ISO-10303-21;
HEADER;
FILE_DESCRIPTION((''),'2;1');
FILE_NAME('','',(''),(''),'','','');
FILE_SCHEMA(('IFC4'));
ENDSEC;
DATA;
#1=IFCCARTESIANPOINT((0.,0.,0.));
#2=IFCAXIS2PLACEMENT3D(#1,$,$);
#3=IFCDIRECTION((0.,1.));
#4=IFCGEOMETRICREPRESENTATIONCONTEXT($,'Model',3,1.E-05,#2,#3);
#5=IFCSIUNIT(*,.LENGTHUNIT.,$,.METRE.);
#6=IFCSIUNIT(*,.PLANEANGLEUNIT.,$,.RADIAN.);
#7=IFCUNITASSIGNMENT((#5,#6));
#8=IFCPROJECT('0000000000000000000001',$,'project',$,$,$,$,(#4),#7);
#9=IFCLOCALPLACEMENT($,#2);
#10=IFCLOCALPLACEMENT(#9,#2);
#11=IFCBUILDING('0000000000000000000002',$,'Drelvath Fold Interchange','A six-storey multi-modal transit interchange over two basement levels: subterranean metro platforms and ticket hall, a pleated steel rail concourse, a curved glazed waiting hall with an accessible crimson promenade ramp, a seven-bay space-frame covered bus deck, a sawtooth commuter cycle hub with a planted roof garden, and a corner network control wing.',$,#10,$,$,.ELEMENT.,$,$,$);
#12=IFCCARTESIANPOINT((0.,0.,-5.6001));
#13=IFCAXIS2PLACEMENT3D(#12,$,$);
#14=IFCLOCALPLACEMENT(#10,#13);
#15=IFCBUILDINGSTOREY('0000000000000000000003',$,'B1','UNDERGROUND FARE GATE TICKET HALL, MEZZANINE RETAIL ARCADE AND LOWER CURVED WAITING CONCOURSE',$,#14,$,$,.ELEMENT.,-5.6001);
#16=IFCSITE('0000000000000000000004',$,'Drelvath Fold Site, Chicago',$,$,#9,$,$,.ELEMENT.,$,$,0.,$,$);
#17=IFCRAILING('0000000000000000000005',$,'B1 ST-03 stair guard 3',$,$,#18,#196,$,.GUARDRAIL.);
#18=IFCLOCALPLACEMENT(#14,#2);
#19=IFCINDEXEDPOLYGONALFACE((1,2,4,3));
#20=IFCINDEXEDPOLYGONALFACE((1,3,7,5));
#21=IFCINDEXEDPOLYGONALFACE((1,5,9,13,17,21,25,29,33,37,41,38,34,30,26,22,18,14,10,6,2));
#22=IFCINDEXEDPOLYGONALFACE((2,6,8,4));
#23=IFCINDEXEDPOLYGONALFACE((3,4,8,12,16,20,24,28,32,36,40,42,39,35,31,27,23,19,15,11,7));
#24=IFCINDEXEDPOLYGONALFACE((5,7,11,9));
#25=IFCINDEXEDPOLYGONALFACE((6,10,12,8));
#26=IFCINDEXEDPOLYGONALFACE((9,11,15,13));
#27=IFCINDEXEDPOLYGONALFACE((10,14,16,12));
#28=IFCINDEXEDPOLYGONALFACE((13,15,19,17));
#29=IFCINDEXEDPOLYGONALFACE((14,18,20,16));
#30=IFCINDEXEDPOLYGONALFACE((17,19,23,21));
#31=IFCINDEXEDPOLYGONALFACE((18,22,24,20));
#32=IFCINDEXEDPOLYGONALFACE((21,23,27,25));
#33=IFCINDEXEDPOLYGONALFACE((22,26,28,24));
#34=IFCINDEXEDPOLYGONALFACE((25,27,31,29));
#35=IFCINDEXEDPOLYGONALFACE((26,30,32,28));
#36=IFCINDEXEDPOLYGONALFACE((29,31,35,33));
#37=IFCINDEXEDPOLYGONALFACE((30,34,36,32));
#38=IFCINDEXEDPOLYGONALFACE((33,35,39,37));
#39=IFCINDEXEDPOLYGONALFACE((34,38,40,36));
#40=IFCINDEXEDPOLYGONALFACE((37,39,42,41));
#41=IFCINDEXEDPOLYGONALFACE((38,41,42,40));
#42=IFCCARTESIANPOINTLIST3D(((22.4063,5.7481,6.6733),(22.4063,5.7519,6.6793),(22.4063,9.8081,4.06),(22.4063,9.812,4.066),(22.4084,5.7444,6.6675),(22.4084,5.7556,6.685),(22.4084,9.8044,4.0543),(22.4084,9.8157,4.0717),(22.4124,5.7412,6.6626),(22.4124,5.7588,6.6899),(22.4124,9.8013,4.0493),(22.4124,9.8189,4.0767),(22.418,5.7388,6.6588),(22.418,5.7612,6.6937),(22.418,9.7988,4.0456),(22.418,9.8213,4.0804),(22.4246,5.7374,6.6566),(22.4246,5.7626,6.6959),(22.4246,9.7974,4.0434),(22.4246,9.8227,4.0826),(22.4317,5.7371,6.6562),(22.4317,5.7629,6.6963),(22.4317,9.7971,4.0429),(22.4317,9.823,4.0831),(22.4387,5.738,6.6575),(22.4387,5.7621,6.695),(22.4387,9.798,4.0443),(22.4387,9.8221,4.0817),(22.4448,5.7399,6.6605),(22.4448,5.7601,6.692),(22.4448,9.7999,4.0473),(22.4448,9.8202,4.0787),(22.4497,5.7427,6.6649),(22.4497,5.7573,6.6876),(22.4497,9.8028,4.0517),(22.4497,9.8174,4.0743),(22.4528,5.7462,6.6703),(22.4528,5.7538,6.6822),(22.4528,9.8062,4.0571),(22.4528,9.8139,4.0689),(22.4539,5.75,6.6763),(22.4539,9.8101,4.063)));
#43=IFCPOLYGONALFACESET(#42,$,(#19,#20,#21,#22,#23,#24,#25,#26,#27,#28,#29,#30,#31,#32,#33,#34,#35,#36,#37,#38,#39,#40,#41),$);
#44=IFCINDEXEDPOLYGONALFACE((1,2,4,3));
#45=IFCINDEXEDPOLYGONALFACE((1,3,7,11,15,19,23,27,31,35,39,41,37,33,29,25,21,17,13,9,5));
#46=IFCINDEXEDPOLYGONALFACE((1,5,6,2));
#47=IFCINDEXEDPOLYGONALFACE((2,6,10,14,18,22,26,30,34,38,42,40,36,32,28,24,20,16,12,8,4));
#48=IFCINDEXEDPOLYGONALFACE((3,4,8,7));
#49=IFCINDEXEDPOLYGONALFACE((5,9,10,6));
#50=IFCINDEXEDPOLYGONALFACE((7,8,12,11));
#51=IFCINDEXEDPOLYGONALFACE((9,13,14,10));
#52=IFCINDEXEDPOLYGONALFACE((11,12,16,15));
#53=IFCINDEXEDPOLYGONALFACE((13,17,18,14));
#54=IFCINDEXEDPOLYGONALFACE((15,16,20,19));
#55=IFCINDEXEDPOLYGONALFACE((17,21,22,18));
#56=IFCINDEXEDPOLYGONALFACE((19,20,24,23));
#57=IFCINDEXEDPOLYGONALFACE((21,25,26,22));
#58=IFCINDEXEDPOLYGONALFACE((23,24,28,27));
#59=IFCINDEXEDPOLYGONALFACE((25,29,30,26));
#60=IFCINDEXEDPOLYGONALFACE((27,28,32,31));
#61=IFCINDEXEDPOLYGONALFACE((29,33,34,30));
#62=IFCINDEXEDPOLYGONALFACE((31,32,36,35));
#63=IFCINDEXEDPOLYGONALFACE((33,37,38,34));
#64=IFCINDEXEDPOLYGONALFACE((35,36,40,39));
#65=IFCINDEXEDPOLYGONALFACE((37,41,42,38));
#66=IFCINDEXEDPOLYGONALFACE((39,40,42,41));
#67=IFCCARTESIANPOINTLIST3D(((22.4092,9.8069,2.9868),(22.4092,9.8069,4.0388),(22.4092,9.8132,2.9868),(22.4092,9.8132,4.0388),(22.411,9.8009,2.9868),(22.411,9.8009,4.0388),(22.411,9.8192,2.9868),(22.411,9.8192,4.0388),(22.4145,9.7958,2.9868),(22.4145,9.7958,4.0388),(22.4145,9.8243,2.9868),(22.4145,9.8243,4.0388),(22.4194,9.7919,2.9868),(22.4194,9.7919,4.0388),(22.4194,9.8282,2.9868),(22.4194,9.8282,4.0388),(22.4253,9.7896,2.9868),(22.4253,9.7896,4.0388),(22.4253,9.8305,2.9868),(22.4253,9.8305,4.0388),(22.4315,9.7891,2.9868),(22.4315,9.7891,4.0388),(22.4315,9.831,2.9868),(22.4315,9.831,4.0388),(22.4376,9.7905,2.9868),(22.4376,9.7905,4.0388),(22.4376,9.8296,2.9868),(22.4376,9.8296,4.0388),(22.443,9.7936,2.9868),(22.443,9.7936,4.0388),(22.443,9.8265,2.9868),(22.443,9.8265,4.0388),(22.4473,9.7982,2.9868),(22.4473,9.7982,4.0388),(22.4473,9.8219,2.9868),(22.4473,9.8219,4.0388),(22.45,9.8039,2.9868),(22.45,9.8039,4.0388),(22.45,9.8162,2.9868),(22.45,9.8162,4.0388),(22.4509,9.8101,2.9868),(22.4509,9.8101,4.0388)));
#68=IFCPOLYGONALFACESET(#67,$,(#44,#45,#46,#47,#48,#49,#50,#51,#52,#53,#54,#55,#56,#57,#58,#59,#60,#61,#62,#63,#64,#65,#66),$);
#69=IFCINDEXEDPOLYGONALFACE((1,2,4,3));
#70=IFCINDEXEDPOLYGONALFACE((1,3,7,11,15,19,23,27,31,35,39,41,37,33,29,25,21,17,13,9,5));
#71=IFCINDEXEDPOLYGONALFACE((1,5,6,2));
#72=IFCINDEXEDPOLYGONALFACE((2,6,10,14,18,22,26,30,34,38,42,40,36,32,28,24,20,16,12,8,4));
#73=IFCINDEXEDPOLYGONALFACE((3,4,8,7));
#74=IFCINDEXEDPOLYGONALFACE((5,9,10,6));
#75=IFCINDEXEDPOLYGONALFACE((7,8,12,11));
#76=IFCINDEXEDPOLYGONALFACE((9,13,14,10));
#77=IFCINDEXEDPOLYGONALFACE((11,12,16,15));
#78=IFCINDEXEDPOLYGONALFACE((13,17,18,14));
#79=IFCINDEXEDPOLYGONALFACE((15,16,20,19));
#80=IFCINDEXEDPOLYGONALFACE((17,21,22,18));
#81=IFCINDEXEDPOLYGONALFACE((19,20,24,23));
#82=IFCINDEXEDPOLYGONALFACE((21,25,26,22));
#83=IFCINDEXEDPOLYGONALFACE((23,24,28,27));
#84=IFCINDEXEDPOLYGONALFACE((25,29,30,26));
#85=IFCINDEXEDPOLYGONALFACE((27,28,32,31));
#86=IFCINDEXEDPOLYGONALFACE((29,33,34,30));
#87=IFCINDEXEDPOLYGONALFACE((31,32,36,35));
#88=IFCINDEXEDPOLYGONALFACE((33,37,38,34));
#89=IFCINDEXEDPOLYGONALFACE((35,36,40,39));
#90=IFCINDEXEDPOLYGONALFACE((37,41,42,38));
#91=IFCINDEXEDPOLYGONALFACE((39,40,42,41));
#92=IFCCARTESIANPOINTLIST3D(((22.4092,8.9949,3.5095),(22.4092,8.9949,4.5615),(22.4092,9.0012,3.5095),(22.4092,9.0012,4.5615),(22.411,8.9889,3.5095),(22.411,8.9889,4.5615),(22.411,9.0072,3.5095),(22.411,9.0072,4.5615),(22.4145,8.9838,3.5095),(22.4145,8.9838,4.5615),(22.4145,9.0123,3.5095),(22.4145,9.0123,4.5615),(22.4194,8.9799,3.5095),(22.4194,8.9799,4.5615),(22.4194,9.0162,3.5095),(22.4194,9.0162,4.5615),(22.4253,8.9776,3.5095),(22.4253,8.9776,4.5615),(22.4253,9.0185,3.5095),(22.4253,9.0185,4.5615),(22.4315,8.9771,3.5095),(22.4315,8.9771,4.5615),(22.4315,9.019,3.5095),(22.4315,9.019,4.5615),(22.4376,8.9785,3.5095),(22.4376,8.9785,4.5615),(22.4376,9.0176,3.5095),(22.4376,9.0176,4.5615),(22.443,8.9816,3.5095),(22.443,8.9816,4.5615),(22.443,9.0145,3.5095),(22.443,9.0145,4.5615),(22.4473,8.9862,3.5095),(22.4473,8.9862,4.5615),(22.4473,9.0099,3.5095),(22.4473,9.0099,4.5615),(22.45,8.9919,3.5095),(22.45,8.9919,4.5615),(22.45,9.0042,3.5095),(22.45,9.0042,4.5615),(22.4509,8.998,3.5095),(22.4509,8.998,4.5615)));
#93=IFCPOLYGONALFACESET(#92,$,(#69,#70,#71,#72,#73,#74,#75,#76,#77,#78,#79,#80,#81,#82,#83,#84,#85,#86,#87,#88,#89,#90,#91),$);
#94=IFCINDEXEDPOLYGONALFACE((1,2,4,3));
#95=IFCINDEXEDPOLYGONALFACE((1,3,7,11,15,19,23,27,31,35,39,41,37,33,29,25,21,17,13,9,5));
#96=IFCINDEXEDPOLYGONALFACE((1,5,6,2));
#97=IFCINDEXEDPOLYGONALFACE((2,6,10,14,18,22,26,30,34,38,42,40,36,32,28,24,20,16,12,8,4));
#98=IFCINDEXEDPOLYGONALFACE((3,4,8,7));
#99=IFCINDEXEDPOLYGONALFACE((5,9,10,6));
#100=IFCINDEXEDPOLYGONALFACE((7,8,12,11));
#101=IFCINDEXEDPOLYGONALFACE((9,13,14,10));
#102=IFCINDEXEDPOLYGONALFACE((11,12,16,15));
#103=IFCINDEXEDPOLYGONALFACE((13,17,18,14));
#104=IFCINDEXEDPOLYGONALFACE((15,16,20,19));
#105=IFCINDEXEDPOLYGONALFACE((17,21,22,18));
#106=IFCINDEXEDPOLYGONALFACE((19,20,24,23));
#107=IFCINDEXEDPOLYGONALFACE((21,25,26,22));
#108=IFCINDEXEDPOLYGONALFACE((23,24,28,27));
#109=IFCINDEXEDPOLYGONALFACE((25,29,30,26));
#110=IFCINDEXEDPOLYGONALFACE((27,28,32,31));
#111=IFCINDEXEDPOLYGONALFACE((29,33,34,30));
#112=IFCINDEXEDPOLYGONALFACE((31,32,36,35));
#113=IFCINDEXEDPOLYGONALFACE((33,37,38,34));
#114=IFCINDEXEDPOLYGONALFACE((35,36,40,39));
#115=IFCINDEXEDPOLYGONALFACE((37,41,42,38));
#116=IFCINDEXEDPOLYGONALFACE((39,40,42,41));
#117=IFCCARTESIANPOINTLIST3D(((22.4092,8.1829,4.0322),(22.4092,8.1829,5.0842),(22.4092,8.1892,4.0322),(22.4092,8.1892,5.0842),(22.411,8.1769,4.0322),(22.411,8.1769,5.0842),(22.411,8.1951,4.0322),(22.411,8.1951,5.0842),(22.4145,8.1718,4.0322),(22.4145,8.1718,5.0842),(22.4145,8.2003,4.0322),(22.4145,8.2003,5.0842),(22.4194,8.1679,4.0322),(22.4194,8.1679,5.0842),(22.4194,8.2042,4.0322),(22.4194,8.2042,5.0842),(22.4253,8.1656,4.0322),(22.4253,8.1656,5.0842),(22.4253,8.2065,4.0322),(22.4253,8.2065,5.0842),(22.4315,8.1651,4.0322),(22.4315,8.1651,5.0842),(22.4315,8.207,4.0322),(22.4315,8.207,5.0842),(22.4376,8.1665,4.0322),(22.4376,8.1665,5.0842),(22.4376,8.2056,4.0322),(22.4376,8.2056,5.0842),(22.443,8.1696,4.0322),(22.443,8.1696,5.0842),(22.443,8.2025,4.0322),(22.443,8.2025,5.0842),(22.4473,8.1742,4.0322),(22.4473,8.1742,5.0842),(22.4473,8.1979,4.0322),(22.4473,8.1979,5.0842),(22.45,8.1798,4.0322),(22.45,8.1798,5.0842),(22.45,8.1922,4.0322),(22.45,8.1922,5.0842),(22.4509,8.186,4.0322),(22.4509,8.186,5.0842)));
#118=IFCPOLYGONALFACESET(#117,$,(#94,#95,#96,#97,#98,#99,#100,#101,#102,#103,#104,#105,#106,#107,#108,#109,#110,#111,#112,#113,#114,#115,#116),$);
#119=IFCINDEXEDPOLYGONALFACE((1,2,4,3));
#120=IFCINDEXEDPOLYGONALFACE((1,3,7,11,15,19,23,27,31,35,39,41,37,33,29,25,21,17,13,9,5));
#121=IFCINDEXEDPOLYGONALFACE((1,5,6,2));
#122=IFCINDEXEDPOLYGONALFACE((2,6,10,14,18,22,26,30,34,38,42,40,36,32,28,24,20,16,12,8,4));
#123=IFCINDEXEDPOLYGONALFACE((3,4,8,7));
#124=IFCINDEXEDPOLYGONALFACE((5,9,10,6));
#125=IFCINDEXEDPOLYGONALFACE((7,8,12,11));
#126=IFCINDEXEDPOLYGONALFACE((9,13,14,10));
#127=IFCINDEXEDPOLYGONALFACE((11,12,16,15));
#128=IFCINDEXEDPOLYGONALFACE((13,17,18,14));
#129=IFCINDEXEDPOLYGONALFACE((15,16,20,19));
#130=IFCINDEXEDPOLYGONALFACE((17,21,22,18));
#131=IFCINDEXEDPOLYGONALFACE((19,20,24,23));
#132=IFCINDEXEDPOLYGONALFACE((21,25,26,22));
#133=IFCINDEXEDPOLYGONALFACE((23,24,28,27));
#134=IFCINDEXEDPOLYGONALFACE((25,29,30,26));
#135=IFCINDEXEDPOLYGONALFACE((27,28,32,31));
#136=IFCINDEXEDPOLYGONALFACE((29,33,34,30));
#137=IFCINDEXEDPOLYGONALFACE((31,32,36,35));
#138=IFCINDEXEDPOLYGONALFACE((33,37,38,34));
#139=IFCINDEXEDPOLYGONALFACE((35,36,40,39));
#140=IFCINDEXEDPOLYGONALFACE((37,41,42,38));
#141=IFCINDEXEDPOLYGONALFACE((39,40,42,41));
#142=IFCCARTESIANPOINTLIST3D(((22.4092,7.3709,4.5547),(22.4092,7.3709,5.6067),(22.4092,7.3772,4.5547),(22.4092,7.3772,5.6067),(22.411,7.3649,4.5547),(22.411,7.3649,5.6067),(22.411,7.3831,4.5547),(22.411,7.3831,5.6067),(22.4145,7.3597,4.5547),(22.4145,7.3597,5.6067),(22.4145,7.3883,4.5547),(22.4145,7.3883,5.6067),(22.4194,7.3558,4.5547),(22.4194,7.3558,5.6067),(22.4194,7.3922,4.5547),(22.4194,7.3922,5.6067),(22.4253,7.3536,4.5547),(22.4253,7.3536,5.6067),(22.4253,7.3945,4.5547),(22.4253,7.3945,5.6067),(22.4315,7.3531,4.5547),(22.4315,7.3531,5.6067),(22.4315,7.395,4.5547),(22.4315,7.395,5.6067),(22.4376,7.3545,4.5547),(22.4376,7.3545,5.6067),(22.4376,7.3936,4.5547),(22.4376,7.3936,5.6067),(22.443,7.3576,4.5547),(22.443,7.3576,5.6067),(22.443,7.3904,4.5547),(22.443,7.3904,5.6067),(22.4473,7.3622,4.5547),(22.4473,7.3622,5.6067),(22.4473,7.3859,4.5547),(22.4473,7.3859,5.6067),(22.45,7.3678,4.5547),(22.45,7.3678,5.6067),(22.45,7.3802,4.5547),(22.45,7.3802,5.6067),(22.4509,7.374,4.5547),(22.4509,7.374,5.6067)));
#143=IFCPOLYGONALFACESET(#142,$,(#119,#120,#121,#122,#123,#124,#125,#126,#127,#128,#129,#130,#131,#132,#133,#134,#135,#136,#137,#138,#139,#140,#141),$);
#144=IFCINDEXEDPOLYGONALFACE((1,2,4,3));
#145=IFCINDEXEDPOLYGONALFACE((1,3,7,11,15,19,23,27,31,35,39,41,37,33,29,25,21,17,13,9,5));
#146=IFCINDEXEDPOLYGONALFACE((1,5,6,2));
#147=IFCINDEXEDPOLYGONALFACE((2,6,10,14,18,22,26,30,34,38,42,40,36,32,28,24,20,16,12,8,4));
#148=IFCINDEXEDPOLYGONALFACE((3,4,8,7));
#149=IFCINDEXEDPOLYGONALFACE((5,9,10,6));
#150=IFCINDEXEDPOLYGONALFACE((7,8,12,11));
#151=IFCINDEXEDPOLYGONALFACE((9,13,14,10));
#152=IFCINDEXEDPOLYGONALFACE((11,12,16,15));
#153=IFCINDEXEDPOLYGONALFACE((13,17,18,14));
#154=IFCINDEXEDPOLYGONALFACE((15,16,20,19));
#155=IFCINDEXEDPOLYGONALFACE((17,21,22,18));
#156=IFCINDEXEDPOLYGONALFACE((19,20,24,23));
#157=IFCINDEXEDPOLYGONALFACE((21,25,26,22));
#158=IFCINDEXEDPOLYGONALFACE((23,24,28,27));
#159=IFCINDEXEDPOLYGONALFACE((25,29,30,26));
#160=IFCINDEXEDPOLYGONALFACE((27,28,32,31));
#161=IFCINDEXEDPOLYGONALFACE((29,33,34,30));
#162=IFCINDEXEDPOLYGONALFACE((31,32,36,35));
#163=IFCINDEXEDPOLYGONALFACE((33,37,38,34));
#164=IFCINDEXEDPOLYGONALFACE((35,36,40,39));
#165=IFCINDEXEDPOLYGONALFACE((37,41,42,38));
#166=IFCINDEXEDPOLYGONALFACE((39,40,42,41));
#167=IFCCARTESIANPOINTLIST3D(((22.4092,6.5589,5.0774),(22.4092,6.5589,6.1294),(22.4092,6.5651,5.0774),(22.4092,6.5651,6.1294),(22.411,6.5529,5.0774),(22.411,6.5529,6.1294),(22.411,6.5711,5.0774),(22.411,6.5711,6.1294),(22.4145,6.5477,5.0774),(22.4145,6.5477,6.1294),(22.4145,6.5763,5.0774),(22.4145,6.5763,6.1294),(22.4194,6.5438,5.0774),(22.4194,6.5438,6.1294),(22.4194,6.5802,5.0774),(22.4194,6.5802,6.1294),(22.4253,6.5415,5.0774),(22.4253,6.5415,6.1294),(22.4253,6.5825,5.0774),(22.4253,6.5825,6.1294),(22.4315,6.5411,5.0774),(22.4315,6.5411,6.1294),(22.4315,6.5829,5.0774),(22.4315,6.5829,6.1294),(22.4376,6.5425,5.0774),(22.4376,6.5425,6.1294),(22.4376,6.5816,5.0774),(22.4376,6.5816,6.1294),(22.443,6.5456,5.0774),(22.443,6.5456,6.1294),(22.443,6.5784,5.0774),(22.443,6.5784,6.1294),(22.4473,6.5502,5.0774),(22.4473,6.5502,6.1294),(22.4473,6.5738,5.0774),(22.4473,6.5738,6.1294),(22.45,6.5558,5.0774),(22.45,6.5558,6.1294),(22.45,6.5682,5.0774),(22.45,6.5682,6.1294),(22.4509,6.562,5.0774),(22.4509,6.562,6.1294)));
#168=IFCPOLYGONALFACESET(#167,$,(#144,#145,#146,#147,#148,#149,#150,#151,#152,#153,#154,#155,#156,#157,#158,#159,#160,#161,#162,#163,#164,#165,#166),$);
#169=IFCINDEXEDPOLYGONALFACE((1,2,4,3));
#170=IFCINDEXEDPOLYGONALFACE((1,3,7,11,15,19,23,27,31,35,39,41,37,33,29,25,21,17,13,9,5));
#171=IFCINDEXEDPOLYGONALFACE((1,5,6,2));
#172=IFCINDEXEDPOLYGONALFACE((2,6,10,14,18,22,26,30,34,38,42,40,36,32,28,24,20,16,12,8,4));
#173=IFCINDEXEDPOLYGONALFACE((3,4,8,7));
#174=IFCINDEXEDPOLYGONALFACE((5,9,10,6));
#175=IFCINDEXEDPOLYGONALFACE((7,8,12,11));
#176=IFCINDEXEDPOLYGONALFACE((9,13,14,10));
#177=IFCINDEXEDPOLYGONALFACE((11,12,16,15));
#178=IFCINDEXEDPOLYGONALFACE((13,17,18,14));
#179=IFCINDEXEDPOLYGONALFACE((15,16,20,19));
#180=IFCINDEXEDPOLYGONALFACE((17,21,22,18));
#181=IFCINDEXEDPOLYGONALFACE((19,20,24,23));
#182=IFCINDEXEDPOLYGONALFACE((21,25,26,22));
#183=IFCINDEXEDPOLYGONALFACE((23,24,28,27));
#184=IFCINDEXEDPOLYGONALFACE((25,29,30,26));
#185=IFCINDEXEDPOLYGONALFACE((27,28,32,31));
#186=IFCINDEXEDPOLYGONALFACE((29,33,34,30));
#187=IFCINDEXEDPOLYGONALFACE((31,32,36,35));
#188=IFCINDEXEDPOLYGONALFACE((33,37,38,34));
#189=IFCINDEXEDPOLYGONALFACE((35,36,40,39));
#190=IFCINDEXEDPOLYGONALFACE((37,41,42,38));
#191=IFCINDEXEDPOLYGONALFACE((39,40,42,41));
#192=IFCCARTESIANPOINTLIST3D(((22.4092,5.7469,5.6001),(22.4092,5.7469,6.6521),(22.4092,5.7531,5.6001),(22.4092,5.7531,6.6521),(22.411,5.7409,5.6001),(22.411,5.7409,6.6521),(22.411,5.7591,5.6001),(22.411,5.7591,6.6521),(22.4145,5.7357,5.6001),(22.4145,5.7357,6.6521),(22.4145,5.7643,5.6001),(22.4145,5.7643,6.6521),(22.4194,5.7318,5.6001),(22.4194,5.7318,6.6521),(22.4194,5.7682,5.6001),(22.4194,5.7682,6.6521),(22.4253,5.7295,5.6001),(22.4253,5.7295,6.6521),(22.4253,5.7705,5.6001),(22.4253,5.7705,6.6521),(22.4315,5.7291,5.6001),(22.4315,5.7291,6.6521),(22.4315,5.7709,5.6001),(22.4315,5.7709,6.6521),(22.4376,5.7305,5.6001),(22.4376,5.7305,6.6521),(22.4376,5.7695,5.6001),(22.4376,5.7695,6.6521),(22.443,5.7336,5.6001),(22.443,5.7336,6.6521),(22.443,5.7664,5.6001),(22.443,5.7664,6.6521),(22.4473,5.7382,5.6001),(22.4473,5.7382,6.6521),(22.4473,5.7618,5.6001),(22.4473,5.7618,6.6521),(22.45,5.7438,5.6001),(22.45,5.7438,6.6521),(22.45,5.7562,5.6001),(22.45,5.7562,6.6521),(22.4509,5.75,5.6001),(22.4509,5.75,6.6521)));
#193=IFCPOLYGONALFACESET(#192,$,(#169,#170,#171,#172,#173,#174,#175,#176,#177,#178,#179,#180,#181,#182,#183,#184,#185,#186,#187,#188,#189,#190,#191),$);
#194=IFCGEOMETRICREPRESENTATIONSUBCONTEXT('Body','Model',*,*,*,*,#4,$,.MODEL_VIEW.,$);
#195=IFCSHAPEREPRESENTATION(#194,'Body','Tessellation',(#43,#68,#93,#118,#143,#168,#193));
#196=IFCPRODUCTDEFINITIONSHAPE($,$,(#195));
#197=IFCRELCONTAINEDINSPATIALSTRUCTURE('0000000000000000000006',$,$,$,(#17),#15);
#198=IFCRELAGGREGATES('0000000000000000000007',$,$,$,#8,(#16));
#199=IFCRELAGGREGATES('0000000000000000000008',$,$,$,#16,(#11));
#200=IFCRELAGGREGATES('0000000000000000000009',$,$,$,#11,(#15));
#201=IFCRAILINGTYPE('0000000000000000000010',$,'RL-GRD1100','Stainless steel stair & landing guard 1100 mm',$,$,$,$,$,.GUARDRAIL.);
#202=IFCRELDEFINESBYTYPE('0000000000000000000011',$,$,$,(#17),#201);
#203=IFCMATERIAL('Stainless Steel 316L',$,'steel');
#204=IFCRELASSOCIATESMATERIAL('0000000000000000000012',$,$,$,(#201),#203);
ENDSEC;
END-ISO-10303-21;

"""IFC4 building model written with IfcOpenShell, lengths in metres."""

from ifc_helpers import new_model, si_unit, direction, frame, origin, origin_2d, place, context, subcontext, project, spatial, circle, extrude, material, type_object, element, save


model = new_model("IFC4")

# Units and contexts
model_context = context("Model", 3, precision=1e-05, world=origin(), true_north=direction((0.0, 1.0)))
body_context = subcontext(model_context, "Body", "Model", "MODEL_VIEW")
ifc_project = project(units=[si_unit("LENGTHUNIT", "METRE"), si_unit("PLANEANGLEUNIT", "RADIAN")], contexts=[model_context])

# Site, building, storey
site_placement = place(None, origin())
site = spatial("IfcSite", under=ifc_project, at=site_placement, Name="Drelvath Fold Site, Chicago", CompositionType="ELEMENT", RefElevation=0.0)
building_placement = place(site_placement, origin())
building = spatial("IfcBuilding", under=site, at=building_placement, Name="Drelvath Fold Interchange", Description="A six-storey multi-modal transit interchange over two basement levels: subterranean metro platforms and ticket hall, a pleated steel rail concourse, a curved glazed waiting hall with an accessible crimson promenade ramp, a seven-bay space-frame covered bus deck, a sawtooth commuter cycle hub with a planted roof garden, and a corner network control wing.", CompositionType="ELEMENT")
storey_placement = place(building_placement, frame((0.0, 0.0, -5.6001)))
storey = spatial("IfcBuildingStorey", under=building, at=storey_placement, Name="B1", Description="UNDERGROUND FARE GATE TICKET HALL, MEZZANINE RETAIL ARCADE AND LOWER CURVED WAITING CONCOURSE", CompositionType="ELEMENT", Elevation=-5.6001)

# Railing
ifc_material_1 = material(Name="Stainless Steel 316L", Category="steel")
railing_type_1 = type_object("IfcRailingType", Name="RL-GRD1100", Description="Stainless steel stair & landing guard 1100 mm", PredefinedType="GUARDRAIL", material=ifc_material_1)
railing_1_placement = place(storey_placement, frame((22.4299, 9.8101, 2.9868)))
element("IfcRailing", 1, at=railing_1_placement, inside=storey, type_object=railing_type_1, Name="B1 ST-03 stair guard 3", PredefinedType="GUARDRAIL", context=body_context, shape_type="SweptSolid", body=[
    extrude(circle(Radius=0.0239, at=origin_2d()), frame((0.0, 0.0, 1.0762), z_axis=(0.0, -0.840873, 0.541233), x_axis=(1.0, 0.0, 0.0)), (0.0, 0.0, 1.0), 4.8284),
    extrude(circle(Radius=0.021, at=origin_2d()), origin(), (0.0, 0.0, 1.0), 1.052),
    extrude(circle(Radius=0.021, at=origin_2d()), frame((0.0, -0.812, 0.5227)), (0.0, 0.0, 1.0), 1.052),
    extrude(circle(Radius=0.021, at=origin_2d()), frame((0.0, -1.624, 1.0454)), (0.0, 0.0, 1.0), 1.052),
    extrude(circle(Radius=0.021, at=origin_2d()), frame((0.0, -2.436, 1.5679)), (0.0, 0.0, 1.0), 1.052),
    extrude(circle(Radius=0.021, at=origin_2d()), frame((0.0, -3.248, 2.0906)), (0.0, 0.0, 1.0), 1.052),
    extrude(circle(Radius=0.021, at=origin_2d()), frame((0.0, -4.0601, 2.6133)), (0.0, 0.0, 1.0), 1.052),
])

save(model, "model.ifc")
